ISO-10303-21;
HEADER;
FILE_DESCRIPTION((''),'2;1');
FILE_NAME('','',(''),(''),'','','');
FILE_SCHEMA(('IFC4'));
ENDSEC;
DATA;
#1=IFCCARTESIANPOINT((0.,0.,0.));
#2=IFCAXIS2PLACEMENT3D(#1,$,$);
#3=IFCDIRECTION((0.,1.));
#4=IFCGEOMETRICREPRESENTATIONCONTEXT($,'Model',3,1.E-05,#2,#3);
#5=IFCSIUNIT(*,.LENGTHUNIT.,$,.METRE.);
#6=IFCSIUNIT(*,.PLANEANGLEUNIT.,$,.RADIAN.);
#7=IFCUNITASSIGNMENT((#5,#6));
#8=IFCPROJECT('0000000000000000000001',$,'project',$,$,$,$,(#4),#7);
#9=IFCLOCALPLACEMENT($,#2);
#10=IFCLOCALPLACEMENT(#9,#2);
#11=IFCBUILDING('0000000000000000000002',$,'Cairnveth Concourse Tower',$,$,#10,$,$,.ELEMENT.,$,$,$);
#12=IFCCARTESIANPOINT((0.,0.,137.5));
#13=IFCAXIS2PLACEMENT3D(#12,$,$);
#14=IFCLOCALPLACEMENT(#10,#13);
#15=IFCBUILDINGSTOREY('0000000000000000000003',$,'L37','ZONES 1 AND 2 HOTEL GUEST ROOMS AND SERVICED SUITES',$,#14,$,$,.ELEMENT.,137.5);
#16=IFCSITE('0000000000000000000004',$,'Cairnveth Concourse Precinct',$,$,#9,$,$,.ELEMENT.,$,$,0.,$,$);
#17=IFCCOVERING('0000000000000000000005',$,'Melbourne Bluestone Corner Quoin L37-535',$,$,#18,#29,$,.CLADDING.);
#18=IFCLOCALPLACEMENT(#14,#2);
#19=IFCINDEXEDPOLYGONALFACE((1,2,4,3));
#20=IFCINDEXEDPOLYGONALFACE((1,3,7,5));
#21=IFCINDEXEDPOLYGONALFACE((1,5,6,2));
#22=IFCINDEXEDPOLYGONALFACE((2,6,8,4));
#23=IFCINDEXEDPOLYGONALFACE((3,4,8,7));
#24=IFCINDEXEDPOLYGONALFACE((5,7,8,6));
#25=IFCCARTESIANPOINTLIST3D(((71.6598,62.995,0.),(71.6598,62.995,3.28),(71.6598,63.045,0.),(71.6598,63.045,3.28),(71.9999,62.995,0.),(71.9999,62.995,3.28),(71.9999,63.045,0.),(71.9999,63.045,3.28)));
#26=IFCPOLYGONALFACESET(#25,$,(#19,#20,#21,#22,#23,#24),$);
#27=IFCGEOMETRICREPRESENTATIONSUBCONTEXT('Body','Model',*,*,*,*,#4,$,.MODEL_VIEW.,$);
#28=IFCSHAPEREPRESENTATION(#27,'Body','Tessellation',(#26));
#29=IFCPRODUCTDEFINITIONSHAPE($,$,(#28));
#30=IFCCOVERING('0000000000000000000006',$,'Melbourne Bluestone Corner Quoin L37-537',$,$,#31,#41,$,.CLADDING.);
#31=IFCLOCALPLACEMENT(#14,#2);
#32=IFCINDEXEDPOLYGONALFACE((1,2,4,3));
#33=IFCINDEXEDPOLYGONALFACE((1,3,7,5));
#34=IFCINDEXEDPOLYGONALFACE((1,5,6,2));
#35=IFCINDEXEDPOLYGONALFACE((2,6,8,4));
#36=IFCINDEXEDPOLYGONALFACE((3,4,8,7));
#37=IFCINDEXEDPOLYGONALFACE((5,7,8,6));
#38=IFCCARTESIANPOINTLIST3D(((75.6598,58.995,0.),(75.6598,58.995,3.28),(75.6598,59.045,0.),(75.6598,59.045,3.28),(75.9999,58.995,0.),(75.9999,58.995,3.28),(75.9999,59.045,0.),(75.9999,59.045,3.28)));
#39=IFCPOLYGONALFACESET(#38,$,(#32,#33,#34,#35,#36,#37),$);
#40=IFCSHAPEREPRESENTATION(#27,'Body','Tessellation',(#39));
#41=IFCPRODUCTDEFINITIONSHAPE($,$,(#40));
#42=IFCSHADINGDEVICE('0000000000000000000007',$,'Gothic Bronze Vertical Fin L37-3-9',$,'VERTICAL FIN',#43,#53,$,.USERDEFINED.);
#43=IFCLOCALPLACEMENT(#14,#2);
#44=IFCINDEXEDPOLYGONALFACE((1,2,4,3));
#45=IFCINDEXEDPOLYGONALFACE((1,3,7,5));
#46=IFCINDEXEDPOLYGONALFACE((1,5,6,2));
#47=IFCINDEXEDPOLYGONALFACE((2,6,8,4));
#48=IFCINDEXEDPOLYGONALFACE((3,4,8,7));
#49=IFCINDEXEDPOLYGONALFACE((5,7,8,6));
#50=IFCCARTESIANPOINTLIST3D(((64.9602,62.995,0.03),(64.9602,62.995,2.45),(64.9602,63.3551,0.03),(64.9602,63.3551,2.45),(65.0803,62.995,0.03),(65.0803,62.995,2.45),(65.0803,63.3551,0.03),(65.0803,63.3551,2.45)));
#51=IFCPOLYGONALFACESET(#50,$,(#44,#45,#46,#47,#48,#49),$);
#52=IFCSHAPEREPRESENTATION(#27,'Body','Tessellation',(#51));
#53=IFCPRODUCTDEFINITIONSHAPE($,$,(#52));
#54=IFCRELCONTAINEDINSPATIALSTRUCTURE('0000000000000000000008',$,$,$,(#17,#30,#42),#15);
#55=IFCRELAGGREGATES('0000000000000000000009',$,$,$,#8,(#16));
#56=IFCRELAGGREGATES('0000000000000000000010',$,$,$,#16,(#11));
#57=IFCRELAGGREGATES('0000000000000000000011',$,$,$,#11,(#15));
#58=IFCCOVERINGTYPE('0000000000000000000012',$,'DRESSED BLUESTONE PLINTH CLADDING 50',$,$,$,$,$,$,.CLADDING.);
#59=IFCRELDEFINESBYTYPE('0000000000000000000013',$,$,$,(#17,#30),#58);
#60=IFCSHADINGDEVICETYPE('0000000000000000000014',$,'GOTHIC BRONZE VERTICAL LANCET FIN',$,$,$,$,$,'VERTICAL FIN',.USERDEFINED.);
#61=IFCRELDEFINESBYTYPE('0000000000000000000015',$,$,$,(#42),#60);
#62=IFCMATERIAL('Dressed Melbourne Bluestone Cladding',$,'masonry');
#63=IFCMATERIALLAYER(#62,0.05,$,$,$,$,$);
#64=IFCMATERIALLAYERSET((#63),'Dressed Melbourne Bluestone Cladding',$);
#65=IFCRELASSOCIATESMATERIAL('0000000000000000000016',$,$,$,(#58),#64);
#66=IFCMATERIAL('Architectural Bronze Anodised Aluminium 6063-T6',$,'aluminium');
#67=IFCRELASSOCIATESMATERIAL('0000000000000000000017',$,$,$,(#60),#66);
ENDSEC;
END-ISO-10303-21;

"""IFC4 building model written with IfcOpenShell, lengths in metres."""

from ifc_helpers import new_model, si_unit, direction, frame, frame_2d, origin, origin_2d, place, context, subcontext, project, spatial, rectangle, extrude, material, layer, layer_set, type_object, element, save


model = new_model("IFC4")

# Units and contexts
model_context = context("Model", 3, precision=1e-05, world=origin(), true_north=direction((0.0, 1.0)))
body_context = subcontext(model_context, "Body", "Model", "MODEL_VIEW")
ifc_project = project(units=[si_unit("LENGTHUNIT", "METRE"), si_unit("PLANEANGLEUNIT", "RADIAN")], contexts=[model_context])

# Site, building, storey
site_placement = place(None, origin())
site = spatial("IfcSite", under=ifc_project, at=site_placement, Name="Cairnveth Concourse Precinct", CompositionType="ELEMENT", RefElevation=0.0)
building_placement = place(site_placement, origin())
building = spatial("IfcBuilding", under=site, at=building_placement, Name="Cairnveth Concourse Tower", CompositionType="ELEMENT")
storey_placement = place(building_placement, frame((0.0, 0.0, 137.5)))
storey = spatial("IfcBuildingStorey", under=building, at=storey_placement, Name="L37", Description="ZONES 1 AND 2 HOTEL GUEST ROOMS AND SERVICED SUITES", CompositionType="ELEMENT", Elevation=137.5)

# Coverings
ifc_material_1 = material(Name="Dressed Melbourne Bluestone Cladding", Category="masonry")
ifc_layer_1 = layer(ifc_material_1, 0.05)
ifc_layer_set_1 = layer_set([ifc_layer_1], Name="Dressed Melbourne Bluestone Cladding")
covering_type = type_object("IfcCoveringType", Name="DRESSED BLUESTONE PLINTH CLADDING 50", PredefinedType="CLADDING", material=ifc_layer_set_1)
for number, where, z_axis, x_axis, name in (
    (1, (71.6599, 63.02, 0.0), (0.0, 0.0, 1.0), (1.0, 0.0, 0.0), "Melbourne Bluestone Corner Quoin L37-535"),
    (2, (75.6599, 59.02, 0.0), (0.0, 0.0, 1.0), (1.0, 0.0, 0.0), "Melbourne Bluestone Corner Quoin L37-537"),
):
    element("IfcCovering", number, at=place(storey_placement, frame(where, z_axis=z_axis, x_axis=x_axis)), inside=storey, type_object=covering_type, Name=name, PredefinedType="CLADDING", context=body_context, shape_type="SweptSolid", body=[
        extrude(rectangle(XDim=0.3401, YDim=0.05, at=frame_2d((0.1699, 0.0))), origin(), (0.0, 0.0, 1.0), 3.28),
    ])

# Shading device
ifc_material_2 = material(Name="Architectural Bronze Anodised Aluminium 6063-T6", Category="aluminium")
shading_device_type = type_object("IfcShadingDeviceType", Name="GOTHIC BRONZE VERTICAL LANCET FIN", ElementType="VERTICAL FIN", PredefinedType="USERDEFINED", material=ifc_material_2)
shading_device_placement = place(storey_placement, frame((65.0203, 63.175, 0.03), z_axis=(0.0, 0.0, 1.0), x_axis=(1.0, 0.0, 0.0)))
element("IfcShadingDevice", 3, at=shading_device_placement, inside=storey, type_object=shading_device_type, Name="Gothic Bronze Vertical Fin L37-3-9", ObjectType="VERTICAL FIN", PredefinedType="USERDEFINED", context=body_context, shape_type="SweptSolid", body=[
    extrude(rectangle(XDim=0.1201, YDim=0.3601, at=origin_2d()), origin(), (0.0, 0.0, 1.0), 2.4199),
])

save(model, "model.ifc")
